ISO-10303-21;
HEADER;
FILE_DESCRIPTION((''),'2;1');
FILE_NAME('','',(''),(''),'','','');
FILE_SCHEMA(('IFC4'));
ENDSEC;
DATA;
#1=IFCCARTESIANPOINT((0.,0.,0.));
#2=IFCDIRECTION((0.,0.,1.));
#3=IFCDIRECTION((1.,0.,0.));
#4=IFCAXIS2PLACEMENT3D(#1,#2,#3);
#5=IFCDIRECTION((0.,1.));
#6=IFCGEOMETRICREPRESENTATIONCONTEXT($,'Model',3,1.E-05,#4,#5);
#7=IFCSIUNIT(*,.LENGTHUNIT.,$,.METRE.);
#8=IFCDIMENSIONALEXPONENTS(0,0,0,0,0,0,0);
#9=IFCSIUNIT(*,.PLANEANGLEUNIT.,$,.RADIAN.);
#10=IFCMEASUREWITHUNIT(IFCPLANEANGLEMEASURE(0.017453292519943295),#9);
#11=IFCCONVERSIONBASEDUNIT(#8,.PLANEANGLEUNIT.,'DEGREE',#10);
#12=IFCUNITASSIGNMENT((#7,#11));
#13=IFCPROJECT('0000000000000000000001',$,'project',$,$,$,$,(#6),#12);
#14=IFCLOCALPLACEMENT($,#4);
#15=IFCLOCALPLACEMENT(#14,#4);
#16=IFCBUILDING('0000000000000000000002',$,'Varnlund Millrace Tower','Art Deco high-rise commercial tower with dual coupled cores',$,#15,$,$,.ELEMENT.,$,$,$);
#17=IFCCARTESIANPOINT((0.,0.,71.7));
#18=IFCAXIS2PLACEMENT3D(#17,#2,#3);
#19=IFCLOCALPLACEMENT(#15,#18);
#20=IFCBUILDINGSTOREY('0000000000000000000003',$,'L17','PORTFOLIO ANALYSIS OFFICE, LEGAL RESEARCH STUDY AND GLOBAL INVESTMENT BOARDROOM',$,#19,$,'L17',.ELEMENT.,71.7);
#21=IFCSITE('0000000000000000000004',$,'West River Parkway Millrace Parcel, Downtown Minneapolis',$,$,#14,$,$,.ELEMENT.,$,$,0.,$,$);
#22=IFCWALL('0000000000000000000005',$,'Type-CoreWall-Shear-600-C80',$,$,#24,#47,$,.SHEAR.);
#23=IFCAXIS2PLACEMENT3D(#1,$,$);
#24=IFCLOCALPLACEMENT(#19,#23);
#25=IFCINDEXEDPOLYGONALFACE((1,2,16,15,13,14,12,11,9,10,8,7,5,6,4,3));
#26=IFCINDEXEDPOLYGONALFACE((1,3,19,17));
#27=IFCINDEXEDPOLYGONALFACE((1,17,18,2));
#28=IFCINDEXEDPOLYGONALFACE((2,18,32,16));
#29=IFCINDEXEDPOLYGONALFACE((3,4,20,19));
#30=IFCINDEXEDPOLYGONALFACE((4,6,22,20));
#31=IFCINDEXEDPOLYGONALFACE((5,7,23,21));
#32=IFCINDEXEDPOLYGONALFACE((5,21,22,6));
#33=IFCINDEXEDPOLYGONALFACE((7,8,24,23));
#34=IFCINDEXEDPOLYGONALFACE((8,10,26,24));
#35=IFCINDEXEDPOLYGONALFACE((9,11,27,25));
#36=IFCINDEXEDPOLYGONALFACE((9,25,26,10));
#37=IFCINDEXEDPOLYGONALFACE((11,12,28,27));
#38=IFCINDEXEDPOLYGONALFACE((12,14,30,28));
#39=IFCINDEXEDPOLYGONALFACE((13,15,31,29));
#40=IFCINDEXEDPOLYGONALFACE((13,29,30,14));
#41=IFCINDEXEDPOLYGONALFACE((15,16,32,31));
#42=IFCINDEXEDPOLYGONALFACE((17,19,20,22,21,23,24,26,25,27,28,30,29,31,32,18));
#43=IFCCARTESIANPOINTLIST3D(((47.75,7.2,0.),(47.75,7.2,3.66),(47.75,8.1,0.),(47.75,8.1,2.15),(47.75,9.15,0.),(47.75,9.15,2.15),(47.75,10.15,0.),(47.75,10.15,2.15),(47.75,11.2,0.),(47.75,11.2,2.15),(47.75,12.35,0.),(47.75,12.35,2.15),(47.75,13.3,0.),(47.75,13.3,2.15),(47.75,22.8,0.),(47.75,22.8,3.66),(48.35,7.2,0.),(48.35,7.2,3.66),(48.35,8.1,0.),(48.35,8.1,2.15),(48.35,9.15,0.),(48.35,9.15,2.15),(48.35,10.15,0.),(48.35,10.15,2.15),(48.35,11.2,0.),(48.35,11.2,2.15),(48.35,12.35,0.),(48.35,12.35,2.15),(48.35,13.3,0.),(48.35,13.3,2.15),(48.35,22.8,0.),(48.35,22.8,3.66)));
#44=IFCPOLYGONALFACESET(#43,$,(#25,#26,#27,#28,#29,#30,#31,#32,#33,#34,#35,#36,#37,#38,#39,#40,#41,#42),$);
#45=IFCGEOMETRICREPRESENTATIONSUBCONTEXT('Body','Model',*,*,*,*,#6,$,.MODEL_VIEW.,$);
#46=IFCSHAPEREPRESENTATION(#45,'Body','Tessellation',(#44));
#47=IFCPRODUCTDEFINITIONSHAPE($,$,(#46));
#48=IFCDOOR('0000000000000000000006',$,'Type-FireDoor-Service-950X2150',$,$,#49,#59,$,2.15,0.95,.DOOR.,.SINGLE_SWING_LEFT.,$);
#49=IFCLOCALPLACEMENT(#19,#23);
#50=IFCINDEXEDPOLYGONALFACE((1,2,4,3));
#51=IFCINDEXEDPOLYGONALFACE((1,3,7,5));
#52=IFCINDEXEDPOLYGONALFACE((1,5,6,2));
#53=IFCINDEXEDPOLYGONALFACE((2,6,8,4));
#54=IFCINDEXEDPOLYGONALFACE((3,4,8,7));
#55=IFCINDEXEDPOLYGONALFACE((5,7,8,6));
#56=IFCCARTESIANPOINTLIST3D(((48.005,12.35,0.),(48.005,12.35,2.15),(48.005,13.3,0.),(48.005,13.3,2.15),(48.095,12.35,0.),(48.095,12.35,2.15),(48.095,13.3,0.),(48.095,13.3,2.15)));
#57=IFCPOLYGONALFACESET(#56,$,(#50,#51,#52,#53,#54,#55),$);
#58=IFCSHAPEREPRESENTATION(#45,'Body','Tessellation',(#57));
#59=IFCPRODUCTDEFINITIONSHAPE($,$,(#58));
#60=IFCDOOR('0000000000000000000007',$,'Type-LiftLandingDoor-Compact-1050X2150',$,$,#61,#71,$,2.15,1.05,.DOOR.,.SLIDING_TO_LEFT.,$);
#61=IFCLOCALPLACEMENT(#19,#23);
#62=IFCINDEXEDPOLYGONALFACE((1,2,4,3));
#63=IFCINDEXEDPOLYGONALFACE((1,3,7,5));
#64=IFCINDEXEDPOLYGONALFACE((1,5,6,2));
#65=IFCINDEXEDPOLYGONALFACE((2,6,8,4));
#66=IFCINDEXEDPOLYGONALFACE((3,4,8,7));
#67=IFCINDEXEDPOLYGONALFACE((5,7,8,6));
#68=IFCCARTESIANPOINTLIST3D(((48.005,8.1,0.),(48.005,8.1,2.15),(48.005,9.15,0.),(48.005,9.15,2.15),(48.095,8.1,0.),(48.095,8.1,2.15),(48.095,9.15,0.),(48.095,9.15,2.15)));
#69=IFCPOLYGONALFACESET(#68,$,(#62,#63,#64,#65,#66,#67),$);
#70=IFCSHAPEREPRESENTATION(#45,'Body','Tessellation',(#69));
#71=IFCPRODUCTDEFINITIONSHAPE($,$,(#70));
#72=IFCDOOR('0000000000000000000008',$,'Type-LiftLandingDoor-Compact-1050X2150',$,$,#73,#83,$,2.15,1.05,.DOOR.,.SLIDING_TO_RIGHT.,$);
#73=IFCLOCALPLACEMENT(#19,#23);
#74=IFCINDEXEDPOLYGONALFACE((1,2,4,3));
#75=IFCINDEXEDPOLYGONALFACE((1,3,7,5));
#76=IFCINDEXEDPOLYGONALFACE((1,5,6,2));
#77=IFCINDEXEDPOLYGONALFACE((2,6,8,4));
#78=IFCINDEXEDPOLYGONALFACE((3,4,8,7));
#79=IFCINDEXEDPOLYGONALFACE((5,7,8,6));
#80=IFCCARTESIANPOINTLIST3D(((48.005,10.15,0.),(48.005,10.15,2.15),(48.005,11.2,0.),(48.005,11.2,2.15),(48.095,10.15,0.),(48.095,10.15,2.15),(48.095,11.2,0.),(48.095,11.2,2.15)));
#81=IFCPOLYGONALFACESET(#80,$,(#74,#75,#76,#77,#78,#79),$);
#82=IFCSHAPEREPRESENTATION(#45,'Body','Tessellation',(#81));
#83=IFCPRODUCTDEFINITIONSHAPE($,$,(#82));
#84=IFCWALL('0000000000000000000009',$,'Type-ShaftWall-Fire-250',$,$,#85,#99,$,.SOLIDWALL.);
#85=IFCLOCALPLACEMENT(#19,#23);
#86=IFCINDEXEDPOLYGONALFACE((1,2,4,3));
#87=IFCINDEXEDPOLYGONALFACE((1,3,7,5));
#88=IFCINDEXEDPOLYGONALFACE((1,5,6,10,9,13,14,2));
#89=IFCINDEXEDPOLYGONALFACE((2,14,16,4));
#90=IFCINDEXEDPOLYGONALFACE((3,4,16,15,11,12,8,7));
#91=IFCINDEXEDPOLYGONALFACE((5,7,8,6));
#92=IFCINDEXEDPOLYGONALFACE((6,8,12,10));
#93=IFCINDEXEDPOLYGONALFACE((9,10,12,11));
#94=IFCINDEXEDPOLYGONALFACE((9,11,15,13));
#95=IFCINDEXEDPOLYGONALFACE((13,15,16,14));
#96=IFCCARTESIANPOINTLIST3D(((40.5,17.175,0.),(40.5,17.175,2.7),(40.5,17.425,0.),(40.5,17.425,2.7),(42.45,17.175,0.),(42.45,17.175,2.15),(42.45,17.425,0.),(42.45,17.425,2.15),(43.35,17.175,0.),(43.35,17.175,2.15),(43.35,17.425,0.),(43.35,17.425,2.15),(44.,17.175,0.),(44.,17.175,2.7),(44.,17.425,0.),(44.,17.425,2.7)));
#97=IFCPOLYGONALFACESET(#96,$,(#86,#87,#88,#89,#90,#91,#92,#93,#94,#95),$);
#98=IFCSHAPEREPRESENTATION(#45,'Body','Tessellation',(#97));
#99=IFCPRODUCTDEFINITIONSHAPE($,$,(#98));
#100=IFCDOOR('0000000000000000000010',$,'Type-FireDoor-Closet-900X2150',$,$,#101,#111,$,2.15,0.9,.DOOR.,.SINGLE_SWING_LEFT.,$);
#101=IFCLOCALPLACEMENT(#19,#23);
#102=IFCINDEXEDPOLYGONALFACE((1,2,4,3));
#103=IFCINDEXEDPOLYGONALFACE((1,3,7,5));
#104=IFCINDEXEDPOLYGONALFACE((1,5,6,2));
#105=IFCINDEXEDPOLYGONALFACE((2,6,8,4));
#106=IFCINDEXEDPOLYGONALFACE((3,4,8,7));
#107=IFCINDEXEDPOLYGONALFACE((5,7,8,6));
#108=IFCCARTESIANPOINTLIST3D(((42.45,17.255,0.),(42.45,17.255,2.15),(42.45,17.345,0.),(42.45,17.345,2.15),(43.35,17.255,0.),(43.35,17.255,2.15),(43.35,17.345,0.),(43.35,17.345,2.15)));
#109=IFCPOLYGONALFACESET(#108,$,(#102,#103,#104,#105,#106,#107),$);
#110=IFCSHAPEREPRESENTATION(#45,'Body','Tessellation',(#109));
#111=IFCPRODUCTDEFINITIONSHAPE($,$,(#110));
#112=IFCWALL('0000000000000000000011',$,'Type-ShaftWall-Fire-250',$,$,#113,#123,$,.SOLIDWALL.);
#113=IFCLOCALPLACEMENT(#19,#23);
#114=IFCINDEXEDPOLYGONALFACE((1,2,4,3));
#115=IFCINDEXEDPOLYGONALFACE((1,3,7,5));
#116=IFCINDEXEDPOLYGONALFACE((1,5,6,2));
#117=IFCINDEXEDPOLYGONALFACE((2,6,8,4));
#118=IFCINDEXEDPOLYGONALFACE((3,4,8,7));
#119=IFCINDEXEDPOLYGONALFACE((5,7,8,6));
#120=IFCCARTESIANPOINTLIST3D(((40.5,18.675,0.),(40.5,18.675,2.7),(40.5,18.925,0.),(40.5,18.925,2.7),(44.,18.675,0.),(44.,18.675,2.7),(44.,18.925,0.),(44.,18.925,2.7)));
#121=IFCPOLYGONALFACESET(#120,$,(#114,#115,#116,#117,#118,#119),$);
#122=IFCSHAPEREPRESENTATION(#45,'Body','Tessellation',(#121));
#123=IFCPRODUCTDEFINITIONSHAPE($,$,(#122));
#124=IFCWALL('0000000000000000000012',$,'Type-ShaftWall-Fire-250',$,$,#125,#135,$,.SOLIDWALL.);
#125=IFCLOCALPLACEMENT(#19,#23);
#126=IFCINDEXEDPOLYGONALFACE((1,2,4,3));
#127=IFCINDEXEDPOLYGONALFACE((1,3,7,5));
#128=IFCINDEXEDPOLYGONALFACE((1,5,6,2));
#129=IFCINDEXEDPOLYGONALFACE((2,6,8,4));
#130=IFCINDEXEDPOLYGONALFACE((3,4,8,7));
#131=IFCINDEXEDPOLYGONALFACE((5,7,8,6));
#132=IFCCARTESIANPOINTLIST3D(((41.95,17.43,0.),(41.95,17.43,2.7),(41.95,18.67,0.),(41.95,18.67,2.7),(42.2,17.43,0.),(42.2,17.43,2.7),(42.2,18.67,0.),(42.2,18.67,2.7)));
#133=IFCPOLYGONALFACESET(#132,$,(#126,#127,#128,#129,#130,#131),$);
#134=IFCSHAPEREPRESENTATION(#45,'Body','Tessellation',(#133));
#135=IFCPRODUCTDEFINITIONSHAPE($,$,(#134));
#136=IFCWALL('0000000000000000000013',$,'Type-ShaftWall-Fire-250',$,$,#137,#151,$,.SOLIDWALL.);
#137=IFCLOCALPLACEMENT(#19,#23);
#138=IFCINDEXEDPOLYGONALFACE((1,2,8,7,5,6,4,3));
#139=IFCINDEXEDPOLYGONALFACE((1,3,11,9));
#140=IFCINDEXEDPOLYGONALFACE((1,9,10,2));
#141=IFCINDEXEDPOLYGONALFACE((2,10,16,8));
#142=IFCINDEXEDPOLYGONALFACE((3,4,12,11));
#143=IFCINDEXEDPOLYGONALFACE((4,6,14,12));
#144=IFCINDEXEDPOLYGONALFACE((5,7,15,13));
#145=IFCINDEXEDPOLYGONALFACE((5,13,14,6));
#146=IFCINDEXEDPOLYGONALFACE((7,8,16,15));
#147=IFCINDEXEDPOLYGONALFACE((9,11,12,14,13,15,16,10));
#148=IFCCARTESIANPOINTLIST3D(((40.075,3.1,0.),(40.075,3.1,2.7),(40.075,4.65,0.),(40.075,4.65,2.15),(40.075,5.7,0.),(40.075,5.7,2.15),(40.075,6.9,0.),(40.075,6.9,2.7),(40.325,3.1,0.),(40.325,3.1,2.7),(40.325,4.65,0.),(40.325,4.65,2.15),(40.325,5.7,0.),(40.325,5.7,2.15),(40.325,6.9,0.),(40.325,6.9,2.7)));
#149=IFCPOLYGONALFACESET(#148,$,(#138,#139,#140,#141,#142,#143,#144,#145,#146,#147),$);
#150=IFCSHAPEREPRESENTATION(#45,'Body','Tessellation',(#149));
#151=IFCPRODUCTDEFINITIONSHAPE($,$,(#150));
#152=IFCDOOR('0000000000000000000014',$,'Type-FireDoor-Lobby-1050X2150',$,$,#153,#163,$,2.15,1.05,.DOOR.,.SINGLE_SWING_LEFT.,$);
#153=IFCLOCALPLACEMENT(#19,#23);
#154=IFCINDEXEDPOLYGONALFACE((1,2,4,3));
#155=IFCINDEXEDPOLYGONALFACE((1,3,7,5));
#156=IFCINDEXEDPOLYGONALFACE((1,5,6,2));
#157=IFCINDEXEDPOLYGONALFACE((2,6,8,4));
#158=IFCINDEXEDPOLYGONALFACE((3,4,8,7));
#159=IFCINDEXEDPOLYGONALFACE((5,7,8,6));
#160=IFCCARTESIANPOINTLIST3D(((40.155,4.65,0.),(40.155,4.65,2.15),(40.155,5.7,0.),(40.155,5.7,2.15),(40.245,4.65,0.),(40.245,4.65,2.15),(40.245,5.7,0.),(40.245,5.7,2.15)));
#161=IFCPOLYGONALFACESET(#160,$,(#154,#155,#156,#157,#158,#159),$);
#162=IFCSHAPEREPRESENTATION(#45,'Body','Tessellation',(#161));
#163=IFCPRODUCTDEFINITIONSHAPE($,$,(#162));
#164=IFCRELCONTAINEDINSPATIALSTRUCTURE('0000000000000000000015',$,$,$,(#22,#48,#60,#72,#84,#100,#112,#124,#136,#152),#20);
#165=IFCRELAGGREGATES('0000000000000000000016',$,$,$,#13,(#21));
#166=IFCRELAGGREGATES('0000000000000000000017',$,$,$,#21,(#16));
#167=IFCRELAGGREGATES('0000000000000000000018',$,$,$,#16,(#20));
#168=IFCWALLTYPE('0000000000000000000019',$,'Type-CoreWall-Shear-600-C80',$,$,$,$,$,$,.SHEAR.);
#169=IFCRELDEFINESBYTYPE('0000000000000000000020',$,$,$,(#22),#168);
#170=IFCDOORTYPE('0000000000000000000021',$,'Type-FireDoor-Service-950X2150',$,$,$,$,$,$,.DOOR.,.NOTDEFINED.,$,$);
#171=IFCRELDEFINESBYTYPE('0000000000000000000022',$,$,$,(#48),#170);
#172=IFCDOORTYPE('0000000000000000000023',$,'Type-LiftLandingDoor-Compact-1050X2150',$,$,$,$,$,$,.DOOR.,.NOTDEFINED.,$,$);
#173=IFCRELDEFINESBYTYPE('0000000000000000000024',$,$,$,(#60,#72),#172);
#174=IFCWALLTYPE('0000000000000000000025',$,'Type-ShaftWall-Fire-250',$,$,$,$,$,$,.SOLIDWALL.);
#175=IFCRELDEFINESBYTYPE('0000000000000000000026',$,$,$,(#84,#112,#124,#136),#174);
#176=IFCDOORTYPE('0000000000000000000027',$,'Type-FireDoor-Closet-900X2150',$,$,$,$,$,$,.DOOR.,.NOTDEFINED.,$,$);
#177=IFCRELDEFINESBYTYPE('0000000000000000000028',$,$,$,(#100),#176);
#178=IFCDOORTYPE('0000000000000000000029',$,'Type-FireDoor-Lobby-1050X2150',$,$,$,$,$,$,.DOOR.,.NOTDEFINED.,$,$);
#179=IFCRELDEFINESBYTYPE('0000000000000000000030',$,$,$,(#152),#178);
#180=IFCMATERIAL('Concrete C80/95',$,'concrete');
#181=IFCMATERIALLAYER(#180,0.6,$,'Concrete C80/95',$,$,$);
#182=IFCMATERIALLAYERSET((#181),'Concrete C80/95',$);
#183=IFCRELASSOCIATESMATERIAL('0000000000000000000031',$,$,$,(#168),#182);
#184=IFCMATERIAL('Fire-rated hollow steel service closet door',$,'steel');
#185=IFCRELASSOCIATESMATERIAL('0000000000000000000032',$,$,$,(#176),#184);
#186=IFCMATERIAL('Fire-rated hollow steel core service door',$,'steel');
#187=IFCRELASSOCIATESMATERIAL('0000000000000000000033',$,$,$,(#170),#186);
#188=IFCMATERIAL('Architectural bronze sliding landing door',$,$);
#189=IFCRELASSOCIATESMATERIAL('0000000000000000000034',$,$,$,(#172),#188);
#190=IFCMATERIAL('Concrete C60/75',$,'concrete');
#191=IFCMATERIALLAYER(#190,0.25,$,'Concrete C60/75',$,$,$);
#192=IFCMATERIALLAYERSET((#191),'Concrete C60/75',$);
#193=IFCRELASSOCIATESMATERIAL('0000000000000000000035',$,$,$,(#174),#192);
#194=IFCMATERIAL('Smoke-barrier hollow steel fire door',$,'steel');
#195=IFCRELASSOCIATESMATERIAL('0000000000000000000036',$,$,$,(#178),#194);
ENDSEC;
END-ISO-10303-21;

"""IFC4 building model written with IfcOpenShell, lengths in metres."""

from ifc_helpers import new_model, entity, si_unit, converted_unit, direction, frame, origin_with_axes, origin_2d_with_axis, place, context, subcontext, project, spatial, polyline, rectangle, outline, extrude, material, layer, layer_set, type_object, element, fill, save


model = new_model("IFC4")

# Units and contexts
model_context = context("Model", 3, precision=1e-05, world=origin_with_axes(), true_north=direction((0.0, 1.0)))
body_context = subcontext(model_context, "Body", "Model", "MODEL_VIEW")
ifc_project = project(units=[si_unit("LENGTHUNIT", "METRE"), converted_unit("PLANEANGLEUNIT", "DEGREE", entity("IfcPlaneAngleMeasure", 0.017453292519943295), si_unit("PLANEANGLEUNIT", "RADIAN"), dimensions=[0, 0, 0, 0, 0, 0, 0])], contexts=[model_context])

# Site, building, storey
site_placement = place(None, origin_with_axes())
site = spatial("IfcSite", under=ifc_project, at=site_placement, Name="West River Parkway Millrace Parcel, Downtown Minneapolis", CompositionType="ELEMENT", RefElevation=0.0)
building_placement = place(site_placement, origin_with_axes())
building = spatial("IfcBuilding", under=site, at=building_placement, Name="Varnlund Millrace Tower", Description="Art Deco high-rise commercial tower with dual coupled cores", CompositionType="ELEMENT")
storey_placement = place(building_placement, frame((0.0, 0.0, 71.7), z_axis=(0.0, 0.0, 1.0), x_axis=(1.0, 0.0, 0.0)))
storey = spatial("IfcBuildingStorey", under=building, at=storey_placement, Name="L17", Description="PORTFOLIO ANALYSIS OFFICE, LEGAL RESEARCH STUDY AND GLOBAL INVESTMENT BOARDROOM", LongName="L17", CompositionType="ELEMENT", Elevation=71.7)

# Shared definitions
ifc_material_1 = material(Name="Concrete C80/95", Category="concrete")

# Shared definitions
ifc_layer_1 = layer(ifc_material_1, 0.6, Name="Concrete C80/95")
ifc_layer_set_1 = layer_set([ifc_layer_1], Name="Concrete C80/95")
wall_type_1 = type_object("IfcWallType", Name="Type-CoreWall-Shear-600-C80", PredefinedType="SHEAR", material=ifc_layer_set_1)
ifc_material_2 = material(Name="Fire-rated hollow steel service closet door", Category="steel")
door_type_1 = type_object("IfcDoorType", Name="Type-FireDoor-Closet-900X2150", OperationType="NOTDEFINED", PredefinedType="DOOR", material=ifc_material_2)

# Wall, openings, doors
wall_1_placement = place(storey_placement, frame((48.05, 7.2, 0.0), z_axis=(0.0, 0.0, 1.0), x_axis=(0.0, 1.0, 0.0)))
wall_1 = element("IfcWall", 1, at=wall_1_placement, inside=storey, type_object=wall_type_1, Name="Type-CoreWall-Shear-600-C80", PredefinedType="SHEAR", context=body_context, shape_type="SweptSolid", body=[
    extrude(outline(polyline([(0.0, -0.3), (15.6, -0.3), (15.6, 0.3), (0.0, 0.3), (0.0, -0.3)])), origin_with_axes(), (0.0, 0.0, 1.0), 3.66),
])
opening_1_placement = place(wall_1_placement, frame((1.425, 0.0, 0.0), z_axis=(0.0, 0.0, 1.0), x_axis=(1.0, 0.0, 0.0)))
opening_1 = element("IfcOpeningElement", 2, at=opening_1_placement, cuts=wall_1, PredefinedType="OPENING", context=body_context, shape_type="SweptSolid", body=[
    extrude(rectangle(XDim=1.05, YDim=0.62, at=origin_2d_with_axis()), origin_with_axes(), (0.0, 0.0, 1.0), 2.15),
])
opening_2_placement = place(wall_1_placement, frame((3.475, 0.0, 0.0), z_axis=(0.0, 0.0, 1.0), x_axis=(1.0, 0.0, 0.0)))
opening_2 = element("IfcOpeningElement", 3, at=opening_2_placement, cuts=wall_1, PredefinedType="OPENING", context=body_context, shape_type="SweptSolid", body=[
    extrude(rectangle(XDim=1.05, YDim=0.62, at=origin_2d_with_axis()), origin_with_axes(), (0.0, 0.0, 1.0), 2.15),
])
opening_3_placement = place(wall_1_placement, frame((5.625, 0.0, 0.0), z_axis=(0.0, 0.0, 1.0), x_axis=(1.0, 0.0, 0.0)))
opening_3 = element("IfcOpeningElement", 4, at=opening_3_placement, cuts=wall_1, PredefinedType="OPENING", context=body_context, shape_type="SweptSolid", body=[
    extrude(rectangle(XDim=0.95, YDim=0.62, at=origin_2d_with_axis()), origin_with_axes(), (0.0, 0.0, 1.0), 2.15),
])
ifc_material_3 = material(Name="Fire-rated hollow steel core service door", Category="steel")
door_type_2 = type_object("IfcDoorType", Name="Type-FireDoor-Service-950X2150", OperationType="NOTDEFINED", PredefinedType="DOOR", material=ifc_material_3)
door_1_placement = place(wall_1_placement, frame((5.625, 0.0, 0.0), z_axis=(0.0, 0.0, 1.0), x_axis=(1.0, 0.0, 0.0)))
door_1 = element("IfcDoor", 5, at=door_1_placement, inside=storey, type_object=door_type_2, Name="Type-FireDoor-Service-950X2150", OperationType="SINGLE_SWING_LEFT", OverallHeight=2.15, OverallWidth=0.95, PredefinedType="DOOR", context=body_context, shape_type="SweptSolid", body=[
    extrude(rectangle(XDim=0.95, YDim=0.09, at=origin_2d_with_axis()), origin_with_axes(), (0.0, 0.0, 1.0), 2.15),
])
fill(opening_3, door_1)
ifc_material_4 = material(Name="Architectural bronze sliding landing door")
door_type_3 = type_object("IfcDoorType", Name="Type-LiftLandingDoor-Compact-1050X2150", OperationType="NOTDEFINED", PredefinedType="DOOR", material=ifc_material_4)
door_2_placement = place(wall_1_placement, frame((1.425, 0.0, 0.0), z_axis=(0.0, 0.0, 1.0), x_axis=(1.0, 0.0, 0.0)))
door_2 = element("IfcDoor", 6, at=door_2_placement, inside=storey, type_object=door_type_3, Name="Type-LiftLandingDoor-Compact-1050X2150", OperationType="SLIDING_TO_LEFT", OverallHeight=2.15, OverallWidth=1.05, PredefinedType="DOOR", context=body_context, shape_type="SweptSolid", body=[
    extrude(rectangle(XDim=1.05, YDim=0.09, at=origin_2d_with_axis()), origin_with_axes(), (0.0, 0.0, 1.0), 2.15),
])
fill(opening_1, door_2)
door_3_placement = place(wall_1_placement, frame((3.475, 0.0, 0.0), z_axis=(0.0, 0.0, 1.0), x_axis=(1.0, 0.0, 0.0)))
door_3 = element("IfcDoor", 7, at=door_3_placement, inside=storey, type_object=door_type_3, Name="Type-LiftLandingDoor-Compact-1050X2150", OperationType="SLIDING_TO_RIGHT", OverallHeight=2.15, OverallWidth=1.05, PredefinedType="DOOR", context=body_context, shape_type="SweptSolid", body=[
    extrude(rectangle(XDim=1.05, YDim=0.09, at=origin_2d_with_axis()), origin_with_axes(), (0.0, 0.0, 1.0), 2.15),
])
fill(opening_2, door_3)

# Wall, opening, door
ifc_material_5 = material(Name="Concrete C60/75", Category="concrete")
ifc_layer_2 = layer(ifc_material_5, 0.25, Name="Concrete C60/75")
ifc_layer_set_2 = layer_set([ifc_layer_2], Name="Concrete C60/75")
wall_type_2 = type_object("IfcWallType", Name="Type-ShaftWall-Fire-250", PredefinedType="SOLIDWALL", material=ifc_layer_set_2)
wall_2_placement = place(storey_placement, frame((40.5, 17.3, 0.0), z_axis=(0.0, 0.0, 1.0), x_axis=(1.0, 0.0, 0.0)))
wall_2 = element("IfcWall", 8, at=wall_2_placement, inside=storey, type_object=wall_type_2, Name="Type-ShaftWall-Fire-250", PredefinedType="SOLIDWALL", context=body_context, shape_type="SweptSolid", body=[
    extrude(outline(polyline([(0.0, -0.125), (3.5, -0.125), (3.5, 0.125), (0.0, 0.125), (0.0, -0.125)])), origin_with_axes(), (0.0, 0.0, 1.0), 2.7),
])
opening_4_placement = place(wall_2_placement, frame((2.4, 0.0, 0.0), z_axis=(0.0, 0.0, 1.0), x_axis=(1.0, 0.0, 0.0)))
opening_4 = element("IfcOpeningElement", 9, at=opening_4_placement, cuts=wall_2, PredefinedType="OPENING", context=body_context, shape_type="SweptSolid", body=[
    extrude(rectangle(XDim=0.9, YDim=0.27, at=origin_2d_with_axis()), origin_with_axes(), (0.0, 0.0, 1.0), 2.15),
])
door_4_placement = place(wall_2_placement, frame((2.4, 0.0, 0.0), z_axis=(0.0, 0.0, 1.0), x_axis=(1.0, 0.0, 0.0)))
door_4 = element("IfcDoor", 10, at=door_4_placement, inside=storey, type_object=door_type_1, Name="Type-FireDoor-Closet-900X2150", OperationType="SINGLE_SWING_LEFT", OverallHeight=2.15, OverallWidth=0.9, PredefinedType="DOOR", context=body_context, shape_type="SweptSolid", body=[
    extrude(rectangle(XDim=0.9, YDim=0.09, at=origin_2d_with_axis()), origin_with_axes(), (0.0, 0.0, 1.0), 2.15),
])
fill(opening_4, door_4)

# Walls
wall_3_placement = place(storey_placement, frame((40.5, 18.8, 0.0), z_axis=(0.0, 0.0, 1.0), x_axis=(1.0, 0.0, 0.0)))
element("IfcWall", 11, at=wall_3_placement, inside=storey, type_object=wall_type_2, Name="Type-ShaftWall-Fire-250", PredefinedType="SOLIDWALL", context=body_context, shape_type="SweptSolid", body=[
    extrude(outline(polyline([(0.0, -0.125), (3.5, -0.125), (3.5, 0.125), (0.0, 0.125), (0.0, -0.125)])), origin_with_axes(), (0.0, 0.0, 1.0), 2.7),
])
wall_4_placement = place(storey_placement, frame((42.075, 17.43, 0.0), z_axis=(0.0, 0.0, 1.0), x_axis=(0.0, 1.0, 0.0)))
element("IfcWall", 12, at=wall_4_placement, inside=storey, type_object=wall_type_2, Name="Type-ShaftWall-Fire-250", PredefinedType="SOLIDWALL", context=body_context, shape_type="SweptSolid", body=[
    extrude(outline(polyline([(0.0, -0.125), (1.24, -0.125), (1.24, 0.125), (0.0, 0.125), (0.0, -0.125)])), origin_with_axes(), (0.0, 0.0, 1.0), 2.7),
])

# Wall, opening, door
wall_5_placement = place(storey_placement, frame((40.2, 3.1, 0.0), z_axis=(0.0, 0.0, 1.0), x_axis=(0.0, 1.0, 0.0)))
wall_5 = element("IfcWall", 13, at=wall_5_placement, inside=storey, type_object=wall_type_2, Name="Type-ShaftWall-Fire-250", PredefinedType="SOLIDWALL", context=body_context, shape_type="SweptSolid", body=[
    extrude(outline(polyline([(0.0, -0.125), (3.8, -0.125), (3.8, 0.125), (0.0, 0.125), (0.0, -0.125)])), origin_with_axes(), (0.0, 0.0, 1.0), 2.7),
])
opening_5_placement = place(wall_5_placement, frame((2.075, 0.0, 0.0), z_axis=(0.0, 0.0, 1.0), x_axis=(1.0, 0.0, 0.0)))
opening_5 = element("IfcOpeningElement", 14, at=opening_5_placement, cuts=wall_5, PredefinedType="OPENING", context=body_context, shape_type="SweptSolid", body=[
    extrude(rectangle(XDim=1.05, YDim=0.27, at=origin_2d_with_axis()), origin_with_axes(), (0.0, 0.0, 1.0), 2.15),
])
ifc_material_6 = material(Name="Smoke-barrier hollow steel fire door", Category="steel")
door_type_4 = type_object("IfcDoorType", Name="Type-FireDoor-Lobby-1050X2150", OperationType="NOTDEFINED", PredefinedType="DOOR", material=ifc_material_6)
door_5_placement = place(wall_5_placement, frame((2.075, 0.0, 0.0), z_axis=(0.0, 0.0, 1.0), x_axis=(1.0, 0.0, 0.0)))
door_5 = element("IfcDoor", 15, at=door_5_placement, inside=storey, type_object=door_type_4, Name="Type-FireDoor-Lobby-1050X2150", OperationType="SINGLE_SWING_LEFT", OverallHeight=2.15, OverallWidth=1.05, PredefinedType="DOOR", context=body_context, shape_type="SweptSolid", body=[
    extrude(rectangle(XDim=1.05, YDim=0.09, at=origin_2d_with_axis()), origin_with_axes(), (0.0, 0.0, 1.0), 2.15),
])
fill(opening_5, door_5)

save(model, "model.ifc")
